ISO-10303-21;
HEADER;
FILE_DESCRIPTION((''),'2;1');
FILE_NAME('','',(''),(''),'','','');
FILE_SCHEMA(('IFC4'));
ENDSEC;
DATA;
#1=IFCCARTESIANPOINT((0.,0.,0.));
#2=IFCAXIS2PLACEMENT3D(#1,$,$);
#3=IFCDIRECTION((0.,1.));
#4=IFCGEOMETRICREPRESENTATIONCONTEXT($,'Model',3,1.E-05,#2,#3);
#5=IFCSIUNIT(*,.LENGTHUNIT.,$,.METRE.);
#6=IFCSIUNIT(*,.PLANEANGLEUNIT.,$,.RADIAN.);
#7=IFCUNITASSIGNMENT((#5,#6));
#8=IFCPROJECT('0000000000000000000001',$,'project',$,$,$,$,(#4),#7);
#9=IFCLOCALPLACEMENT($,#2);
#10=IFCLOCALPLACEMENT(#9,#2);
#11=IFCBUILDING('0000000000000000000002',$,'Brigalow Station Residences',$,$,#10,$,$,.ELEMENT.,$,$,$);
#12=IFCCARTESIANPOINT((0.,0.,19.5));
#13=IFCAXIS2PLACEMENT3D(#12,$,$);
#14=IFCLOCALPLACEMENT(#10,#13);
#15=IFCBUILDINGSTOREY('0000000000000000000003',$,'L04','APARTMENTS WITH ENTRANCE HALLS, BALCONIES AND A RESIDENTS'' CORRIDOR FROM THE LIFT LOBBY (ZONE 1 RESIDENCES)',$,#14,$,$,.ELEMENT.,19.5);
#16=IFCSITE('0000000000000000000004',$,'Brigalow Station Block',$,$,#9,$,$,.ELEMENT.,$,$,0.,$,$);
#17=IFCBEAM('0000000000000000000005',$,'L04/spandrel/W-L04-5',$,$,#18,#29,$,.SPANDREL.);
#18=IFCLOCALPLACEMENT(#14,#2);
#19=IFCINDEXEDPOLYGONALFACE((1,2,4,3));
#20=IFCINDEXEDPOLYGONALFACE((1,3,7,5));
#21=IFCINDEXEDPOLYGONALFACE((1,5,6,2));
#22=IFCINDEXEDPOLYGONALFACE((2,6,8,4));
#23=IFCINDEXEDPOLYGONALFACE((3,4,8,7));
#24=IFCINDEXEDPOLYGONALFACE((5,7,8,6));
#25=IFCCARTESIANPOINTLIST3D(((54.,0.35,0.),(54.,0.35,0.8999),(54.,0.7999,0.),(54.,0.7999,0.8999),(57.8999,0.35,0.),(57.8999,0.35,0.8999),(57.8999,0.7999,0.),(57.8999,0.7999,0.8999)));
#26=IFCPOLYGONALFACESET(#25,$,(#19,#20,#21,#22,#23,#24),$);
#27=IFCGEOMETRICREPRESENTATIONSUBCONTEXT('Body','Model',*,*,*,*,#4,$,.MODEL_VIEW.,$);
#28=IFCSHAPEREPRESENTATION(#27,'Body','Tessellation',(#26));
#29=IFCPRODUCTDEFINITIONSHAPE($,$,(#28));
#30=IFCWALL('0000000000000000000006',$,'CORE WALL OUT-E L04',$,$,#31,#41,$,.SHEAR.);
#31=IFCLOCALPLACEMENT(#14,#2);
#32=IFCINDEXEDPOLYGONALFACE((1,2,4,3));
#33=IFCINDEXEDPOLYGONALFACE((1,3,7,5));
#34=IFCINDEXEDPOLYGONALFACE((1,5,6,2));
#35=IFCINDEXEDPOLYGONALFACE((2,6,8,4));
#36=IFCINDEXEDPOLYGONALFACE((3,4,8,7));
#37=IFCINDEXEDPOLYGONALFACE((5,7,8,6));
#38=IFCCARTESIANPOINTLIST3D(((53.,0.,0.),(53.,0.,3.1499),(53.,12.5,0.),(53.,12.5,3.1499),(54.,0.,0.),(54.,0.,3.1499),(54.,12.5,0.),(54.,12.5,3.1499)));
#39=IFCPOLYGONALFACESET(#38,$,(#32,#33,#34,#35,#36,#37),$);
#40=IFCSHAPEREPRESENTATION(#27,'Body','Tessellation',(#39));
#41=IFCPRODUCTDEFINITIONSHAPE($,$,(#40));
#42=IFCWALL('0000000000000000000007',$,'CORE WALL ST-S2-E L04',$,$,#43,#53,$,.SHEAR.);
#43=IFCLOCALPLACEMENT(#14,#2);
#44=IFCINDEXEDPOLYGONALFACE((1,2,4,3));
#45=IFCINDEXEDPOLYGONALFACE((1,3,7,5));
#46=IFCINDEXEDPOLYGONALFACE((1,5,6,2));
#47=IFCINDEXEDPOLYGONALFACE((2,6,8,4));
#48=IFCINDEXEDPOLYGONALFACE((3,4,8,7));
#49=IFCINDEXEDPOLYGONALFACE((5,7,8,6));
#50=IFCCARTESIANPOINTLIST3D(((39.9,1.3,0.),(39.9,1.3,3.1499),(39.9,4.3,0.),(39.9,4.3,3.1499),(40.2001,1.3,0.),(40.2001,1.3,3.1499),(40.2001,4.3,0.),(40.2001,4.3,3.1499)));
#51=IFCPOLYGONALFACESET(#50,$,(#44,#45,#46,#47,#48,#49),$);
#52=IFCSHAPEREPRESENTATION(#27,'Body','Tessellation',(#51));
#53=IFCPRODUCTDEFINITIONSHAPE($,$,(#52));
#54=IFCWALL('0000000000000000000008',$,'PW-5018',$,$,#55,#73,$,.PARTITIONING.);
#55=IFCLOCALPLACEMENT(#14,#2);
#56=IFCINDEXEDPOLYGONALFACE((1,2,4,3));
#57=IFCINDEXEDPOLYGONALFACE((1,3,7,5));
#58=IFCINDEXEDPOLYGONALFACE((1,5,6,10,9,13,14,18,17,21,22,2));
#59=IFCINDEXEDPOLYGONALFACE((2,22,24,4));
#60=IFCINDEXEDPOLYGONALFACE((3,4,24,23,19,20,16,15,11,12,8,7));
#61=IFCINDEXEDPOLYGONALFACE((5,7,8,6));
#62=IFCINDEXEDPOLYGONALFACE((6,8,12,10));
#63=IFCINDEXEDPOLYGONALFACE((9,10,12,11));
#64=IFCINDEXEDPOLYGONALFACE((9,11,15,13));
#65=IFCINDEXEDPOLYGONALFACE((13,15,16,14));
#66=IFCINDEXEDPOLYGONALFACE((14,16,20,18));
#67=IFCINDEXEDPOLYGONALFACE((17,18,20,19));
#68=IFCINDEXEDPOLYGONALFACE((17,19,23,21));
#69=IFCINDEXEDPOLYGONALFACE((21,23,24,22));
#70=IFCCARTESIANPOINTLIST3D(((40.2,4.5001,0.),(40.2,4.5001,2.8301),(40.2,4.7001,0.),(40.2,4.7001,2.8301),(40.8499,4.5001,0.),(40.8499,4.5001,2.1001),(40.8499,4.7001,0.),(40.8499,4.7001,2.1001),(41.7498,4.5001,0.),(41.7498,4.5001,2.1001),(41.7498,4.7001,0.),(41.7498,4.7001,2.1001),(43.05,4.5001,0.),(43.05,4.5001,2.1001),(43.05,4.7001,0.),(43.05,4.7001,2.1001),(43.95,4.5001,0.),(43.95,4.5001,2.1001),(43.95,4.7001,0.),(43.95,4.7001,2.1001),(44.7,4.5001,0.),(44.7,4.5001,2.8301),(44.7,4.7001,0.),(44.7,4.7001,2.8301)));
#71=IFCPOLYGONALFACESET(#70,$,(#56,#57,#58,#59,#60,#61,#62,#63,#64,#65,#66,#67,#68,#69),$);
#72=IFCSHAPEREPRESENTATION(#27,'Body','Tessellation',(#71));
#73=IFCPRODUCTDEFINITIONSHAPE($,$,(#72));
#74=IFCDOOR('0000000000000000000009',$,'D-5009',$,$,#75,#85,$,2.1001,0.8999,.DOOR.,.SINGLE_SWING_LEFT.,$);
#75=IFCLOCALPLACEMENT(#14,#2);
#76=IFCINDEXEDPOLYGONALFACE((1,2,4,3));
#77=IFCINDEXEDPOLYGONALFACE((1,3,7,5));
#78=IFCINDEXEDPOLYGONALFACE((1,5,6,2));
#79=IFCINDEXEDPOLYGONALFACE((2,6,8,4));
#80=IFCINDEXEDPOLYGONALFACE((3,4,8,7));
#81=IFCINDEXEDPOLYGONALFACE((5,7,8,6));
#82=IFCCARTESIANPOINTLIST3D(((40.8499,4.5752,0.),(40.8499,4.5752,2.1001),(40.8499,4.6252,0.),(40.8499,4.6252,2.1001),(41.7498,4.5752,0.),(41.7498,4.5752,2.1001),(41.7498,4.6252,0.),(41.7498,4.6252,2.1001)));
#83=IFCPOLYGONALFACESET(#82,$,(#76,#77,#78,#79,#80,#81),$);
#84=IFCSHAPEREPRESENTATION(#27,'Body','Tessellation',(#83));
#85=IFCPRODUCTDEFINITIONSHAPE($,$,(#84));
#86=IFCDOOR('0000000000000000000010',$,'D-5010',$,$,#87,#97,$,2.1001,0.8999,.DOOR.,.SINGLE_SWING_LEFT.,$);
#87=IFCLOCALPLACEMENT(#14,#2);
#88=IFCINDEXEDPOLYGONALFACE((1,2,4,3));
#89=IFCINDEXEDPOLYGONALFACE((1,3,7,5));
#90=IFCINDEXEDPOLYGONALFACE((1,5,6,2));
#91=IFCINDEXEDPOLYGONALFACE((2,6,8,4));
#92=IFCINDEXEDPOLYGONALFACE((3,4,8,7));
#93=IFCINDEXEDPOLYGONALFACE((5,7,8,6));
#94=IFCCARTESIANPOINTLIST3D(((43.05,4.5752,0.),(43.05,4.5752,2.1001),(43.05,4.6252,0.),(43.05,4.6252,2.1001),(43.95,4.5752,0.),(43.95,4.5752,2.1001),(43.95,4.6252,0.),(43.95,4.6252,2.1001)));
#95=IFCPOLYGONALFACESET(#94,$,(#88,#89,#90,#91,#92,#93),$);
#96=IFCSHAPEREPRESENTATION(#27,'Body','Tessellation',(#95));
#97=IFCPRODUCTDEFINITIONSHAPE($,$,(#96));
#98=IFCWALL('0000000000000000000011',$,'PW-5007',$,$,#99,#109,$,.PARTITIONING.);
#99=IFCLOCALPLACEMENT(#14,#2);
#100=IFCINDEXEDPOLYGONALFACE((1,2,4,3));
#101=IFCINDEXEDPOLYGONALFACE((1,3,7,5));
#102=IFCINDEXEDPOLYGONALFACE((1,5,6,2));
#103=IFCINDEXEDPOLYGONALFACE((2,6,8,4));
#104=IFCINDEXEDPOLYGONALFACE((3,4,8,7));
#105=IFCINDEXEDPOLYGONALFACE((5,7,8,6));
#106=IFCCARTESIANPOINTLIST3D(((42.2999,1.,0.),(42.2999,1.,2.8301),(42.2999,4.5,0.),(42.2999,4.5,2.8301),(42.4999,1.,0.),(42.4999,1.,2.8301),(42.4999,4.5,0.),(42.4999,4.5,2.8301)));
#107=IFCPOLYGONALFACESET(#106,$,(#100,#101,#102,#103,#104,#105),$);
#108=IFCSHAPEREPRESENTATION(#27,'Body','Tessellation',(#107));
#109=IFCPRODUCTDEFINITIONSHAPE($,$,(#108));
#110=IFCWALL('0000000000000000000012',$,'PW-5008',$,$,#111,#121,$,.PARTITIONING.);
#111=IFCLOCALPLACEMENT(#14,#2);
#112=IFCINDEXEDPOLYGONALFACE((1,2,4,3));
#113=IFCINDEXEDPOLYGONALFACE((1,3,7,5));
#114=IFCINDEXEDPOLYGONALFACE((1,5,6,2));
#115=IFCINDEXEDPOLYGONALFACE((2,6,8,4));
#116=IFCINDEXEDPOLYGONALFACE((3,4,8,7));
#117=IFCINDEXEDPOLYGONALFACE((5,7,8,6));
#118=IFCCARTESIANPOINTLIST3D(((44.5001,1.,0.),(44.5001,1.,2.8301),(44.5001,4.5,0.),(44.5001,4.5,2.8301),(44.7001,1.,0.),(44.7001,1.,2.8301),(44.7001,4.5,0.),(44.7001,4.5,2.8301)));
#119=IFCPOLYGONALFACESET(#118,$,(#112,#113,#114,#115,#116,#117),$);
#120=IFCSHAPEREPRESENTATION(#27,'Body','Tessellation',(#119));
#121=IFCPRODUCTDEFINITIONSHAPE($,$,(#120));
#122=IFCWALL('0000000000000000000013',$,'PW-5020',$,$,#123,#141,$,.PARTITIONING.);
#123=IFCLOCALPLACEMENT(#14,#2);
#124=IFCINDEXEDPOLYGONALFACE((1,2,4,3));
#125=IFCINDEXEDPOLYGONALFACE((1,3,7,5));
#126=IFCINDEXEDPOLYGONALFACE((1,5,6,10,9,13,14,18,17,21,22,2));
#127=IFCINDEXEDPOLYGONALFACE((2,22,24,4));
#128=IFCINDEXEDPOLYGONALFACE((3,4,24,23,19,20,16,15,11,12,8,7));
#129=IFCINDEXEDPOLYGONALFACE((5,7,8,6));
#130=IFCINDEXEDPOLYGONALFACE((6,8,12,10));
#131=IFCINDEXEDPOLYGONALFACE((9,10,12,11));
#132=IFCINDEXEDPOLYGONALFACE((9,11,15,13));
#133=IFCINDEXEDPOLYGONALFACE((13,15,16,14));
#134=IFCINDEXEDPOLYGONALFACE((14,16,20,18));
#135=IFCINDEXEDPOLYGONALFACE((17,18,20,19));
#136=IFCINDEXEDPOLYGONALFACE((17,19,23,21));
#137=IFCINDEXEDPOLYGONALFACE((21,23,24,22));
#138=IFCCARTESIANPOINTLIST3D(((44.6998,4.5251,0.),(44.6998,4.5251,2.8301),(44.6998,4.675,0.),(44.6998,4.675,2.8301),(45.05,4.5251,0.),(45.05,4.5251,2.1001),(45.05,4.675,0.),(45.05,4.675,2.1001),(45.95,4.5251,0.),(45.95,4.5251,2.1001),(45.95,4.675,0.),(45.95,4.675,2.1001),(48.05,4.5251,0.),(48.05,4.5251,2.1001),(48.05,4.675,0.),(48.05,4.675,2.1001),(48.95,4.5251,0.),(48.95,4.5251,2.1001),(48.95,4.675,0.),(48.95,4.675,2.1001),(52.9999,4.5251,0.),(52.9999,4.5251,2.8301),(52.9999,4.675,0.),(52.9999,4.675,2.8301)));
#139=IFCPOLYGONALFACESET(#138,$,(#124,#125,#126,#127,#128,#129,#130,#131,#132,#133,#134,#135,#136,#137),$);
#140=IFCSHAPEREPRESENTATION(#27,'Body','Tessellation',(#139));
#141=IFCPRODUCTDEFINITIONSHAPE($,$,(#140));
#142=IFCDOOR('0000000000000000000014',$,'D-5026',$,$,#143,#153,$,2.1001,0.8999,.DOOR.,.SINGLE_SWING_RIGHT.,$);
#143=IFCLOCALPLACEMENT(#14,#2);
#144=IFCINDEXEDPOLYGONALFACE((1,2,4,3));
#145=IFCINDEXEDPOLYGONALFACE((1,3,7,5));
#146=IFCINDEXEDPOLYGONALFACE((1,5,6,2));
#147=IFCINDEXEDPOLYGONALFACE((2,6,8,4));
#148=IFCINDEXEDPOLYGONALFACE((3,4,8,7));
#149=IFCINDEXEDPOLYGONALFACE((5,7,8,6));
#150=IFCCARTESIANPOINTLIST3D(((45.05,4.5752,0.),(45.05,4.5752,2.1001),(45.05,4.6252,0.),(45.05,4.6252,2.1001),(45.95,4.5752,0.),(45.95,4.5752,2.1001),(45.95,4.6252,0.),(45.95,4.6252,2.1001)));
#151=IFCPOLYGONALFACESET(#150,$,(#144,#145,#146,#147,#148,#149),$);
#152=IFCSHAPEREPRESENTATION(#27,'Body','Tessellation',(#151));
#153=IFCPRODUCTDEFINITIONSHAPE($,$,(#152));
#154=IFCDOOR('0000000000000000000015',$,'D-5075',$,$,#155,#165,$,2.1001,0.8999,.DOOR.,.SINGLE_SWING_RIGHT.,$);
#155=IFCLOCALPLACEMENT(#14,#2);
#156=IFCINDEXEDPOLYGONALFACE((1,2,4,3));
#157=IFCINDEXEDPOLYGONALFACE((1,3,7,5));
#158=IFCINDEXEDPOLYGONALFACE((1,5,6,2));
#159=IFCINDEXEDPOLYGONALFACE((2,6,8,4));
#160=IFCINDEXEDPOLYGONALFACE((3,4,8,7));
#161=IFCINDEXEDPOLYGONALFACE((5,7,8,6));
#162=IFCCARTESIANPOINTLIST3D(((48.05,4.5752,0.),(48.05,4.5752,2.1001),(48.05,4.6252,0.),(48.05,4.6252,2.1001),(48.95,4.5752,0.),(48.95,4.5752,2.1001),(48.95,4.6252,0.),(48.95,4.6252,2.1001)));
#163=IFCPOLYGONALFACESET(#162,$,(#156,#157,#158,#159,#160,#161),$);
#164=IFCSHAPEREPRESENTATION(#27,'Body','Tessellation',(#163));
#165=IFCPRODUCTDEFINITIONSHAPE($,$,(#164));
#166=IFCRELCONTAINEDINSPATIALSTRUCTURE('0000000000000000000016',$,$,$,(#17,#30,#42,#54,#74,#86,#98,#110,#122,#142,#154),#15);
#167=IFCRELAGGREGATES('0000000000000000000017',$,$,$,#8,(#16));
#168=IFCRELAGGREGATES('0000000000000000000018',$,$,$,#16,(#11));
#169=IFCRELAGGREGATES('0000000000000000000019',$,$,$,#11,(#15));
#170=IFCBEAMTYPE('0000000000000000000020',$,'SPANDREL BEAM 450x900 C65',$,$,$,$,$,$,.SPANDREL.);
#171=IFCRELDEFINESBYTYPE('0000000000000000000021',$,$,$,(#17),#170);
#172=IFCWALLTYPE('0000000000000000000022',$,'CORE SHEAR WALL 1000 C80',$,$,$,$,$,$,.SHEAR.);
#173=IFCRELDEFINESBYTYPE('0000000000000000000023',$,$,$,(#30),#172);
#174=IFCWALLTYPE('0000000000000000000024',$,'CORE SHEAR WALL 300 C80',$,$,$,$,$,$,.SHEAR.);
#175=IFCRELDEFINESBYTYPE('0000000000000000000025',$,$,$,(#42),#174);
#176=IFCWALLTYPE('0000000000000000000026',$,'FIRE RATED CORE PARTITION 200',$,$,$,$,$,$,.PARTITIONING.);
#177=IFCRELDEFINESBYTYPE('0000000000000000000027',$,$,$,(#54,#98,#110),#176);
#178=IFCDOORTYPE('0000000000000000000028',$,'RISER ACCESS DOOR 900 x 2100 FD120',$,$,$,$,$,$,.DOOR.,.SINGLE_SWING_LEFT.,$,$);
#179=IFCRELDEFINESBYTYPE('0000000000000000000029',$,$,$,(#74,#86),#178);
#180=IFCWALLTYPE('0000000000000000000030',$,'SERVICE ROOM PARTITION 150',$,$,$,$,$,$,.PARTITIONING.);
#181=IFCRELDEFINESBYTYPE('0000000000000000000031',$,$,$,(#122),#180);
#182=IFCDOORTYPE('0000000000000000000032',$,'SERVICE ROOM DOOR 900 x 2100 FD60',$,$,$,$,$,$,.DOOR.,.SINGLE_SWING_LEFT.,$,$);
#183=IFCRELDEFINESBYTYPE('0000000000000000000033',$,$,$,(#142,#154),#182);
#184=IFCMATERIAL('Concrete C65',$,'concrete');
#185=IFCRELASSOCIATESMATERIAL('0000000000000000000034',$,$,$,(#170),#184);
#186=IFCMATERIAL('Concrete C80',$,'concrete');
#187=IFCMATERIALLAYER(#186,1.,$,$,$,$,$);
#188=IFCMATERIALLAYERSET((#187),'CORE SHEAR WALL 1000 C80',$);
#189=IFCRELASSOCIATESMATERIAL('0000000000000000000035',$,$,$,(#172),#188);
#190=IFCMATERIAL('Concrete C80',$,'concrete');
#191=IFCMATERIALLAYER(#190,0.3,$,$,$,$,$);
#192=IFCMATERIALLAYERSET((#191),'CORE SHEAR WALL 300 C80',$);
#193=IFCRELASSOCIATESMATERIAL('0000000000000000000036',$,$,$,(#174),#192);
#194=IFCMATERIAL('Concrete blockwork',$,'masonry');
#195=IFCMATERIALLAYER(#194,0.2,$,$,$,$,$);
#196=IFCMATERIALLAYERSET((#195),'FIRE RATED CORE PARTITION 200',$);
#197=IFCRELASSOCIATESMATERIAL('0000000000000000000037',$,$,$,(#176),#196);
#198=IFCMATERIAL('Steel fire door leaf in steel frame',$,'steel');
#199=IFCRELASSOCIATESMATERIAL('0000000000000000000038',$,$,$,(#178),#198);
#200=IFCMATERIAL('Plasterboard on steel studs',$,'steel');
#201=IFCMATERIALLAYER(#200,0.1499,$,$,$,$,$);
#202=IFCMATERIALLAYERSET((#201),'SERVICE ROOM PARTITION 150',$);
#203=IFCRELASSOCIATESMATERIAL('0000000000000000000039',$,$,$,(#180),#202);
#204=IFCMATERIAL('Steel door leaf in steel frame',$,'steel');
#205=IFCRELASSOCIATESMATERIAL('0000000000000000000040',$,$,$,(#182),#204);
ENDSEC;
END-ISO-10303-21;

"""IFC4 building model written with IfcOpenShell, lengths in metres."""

from ifc_helpers import new_model, si_unit, direction, frame, frame_2d, origin, origin_2d, place, context, subcontext, project, spatial, rectangle, extrude, material, layer, layer_set, material_profile, profile_set, type_object, element, fill, save


model = new_model("IFC4")

# Units and contexts
model_context = context("Model", 3, precision=1e-05, world=origin(), true_north=direction((0.0, 1.0)))
body_context = subcontext(model_context, "Body", "Model", "MODEL_VIEW")
ifc_project = project(units=[si_unit("LENGTHUNIT", "METRE"), si_unit("PLANEANGLEUNIT", "RADIAN")], contexts=[model_context])

# Site, building, storey
site_placement = place(None, origin())
site = spatial("IfcSite", under=ifc_project, at=site_placement, Name="Brigalow Station Block", CompositionType="ELEMENT", RefElevation=0.0)
building_placement = place(site_placement, origin())
building = spatial("IfcBuilding", under=site, at=building_placement, Name="Brigalow Station Residences", CompositionType="ELEMENT")
storey_placement = place(building_placement, frame((0.0, 0.0, 19.5)))
storey = spatial("IfcBuildingStorey", under=building, at=storey_placement, Name="L04", Description="APARTMENTS WITH ENTRANCE HALLS, BALCONIES AND A RESIDENTS' CORRIDOR FROM THE LIFT LOBBY (ZONE 1 RESIDENCES)", CompositionType="ELEMENT", Elevation=19.5)

# Beam
ifc_material_1 = material(Name="Concrete C65", Category="concrete")
ifc_material_profile = material_profile(ifc_material_1, rectangle(XDim=0.45, YDim=0.8999, at=origin_2d()), Name="RC450x900")
ifc_profile_set = profile_set([ifc_material_profile], Name="Concrete C65")
beam_type = type_object("IfcBeamType", Name="SPANDREL BEAM 450x900 C65", PredefinedType="SPANDREL", material=ifc_profile_set)
beam_placement = place(storey_placement, frame((54.0, 0.575, 0.45), z_axis=(1.0, 0.0, 0.0), x_axis=(0.0, 1.0, 0.0)))
element("IfcBeam", 1, at=beam_placement, inside=storey, type_object=beam_type, Name="L04/spandrel/W-L04-5", PredefinedType="SPANDREL", context=body_context, shape_type="SweptSolid", body=[
    extrude(rectangle(XDim=0.45, YDim=0.8999, at=origin_2d()), origin(), (0.0, 0.0, 1.0), 3.8999),
])

# Walls
ifc_material_2 = material(Name="Concrete C80", Category="concrete")
ifc_layer_1 = layer(ifc_material_2, 1.0)
ifc_layer_set_1 = layer_set([ifc_layer_1], Name="CORE SHEAR WALL 1000 C80")
wall_type_1 = type_object("IfcWallType", Name="CORE SHEAR WALL 1000 C80", PredefinedType="SHEAR", material=ifc_layer_set_1)
wall_1_placement = place(storey_placement, frame((53.5, 0.0, 0.0), z_axis=(0.0, 0.0, 1.0), x_axis=(0.0, 1.0, 0.0)))
element("IfcWall", 2, at=wall_1_placement, inside=storey, type_object=wall_type_1, Name="CORE WALL OUT-E L04", PredefinedType="SHEAR", context=body_context, shape_type="SweptSolid", body=[
    extrude(rectangle(XDim=12.5, YDim=1.0, at=frame_2d((6.25, 0.0))), origin(), (0.0, 0.0, 1.0), 3.1499),
])
ifc_material_3 = material(Name="Concrete C80", Category="concrete")
ifc_layer_2 = layer(ifc_material_3, 0.3)
ifc_layer_set_2 = layer_set([ifc_layer_2], Name="CORE SHEAR WALL 300 C80")
wall_type_2 = type_object("IfcWallType", Name="CORE SHEAR WALL 300 C80", PredefinedType="SHEAR", material=ifc_layer_set_2)
wall_2_placement = place(storey_placement, frame((40.05, 1.3, 0.0), z_axis=(0.0, 0.0, 1.0), x_axis=(0.0, 1.0, 0.0)))
element("IfcWall", 3, at=wall_2_placement, inside=storey, type_object=wall_type_2, Name="CORE WALL ST-S2-E L04", PredefinedType="SHEAR", context=body_context, shape_type="SweptSolid", body=[
    extrude(rectangle(XDim=3.0, YDim=0.3, at=frame_2d((1.5, 0.0))), origin(), (0.0, 0.0, 1.0), 3.1499),
])

# Wall, openings, doors
ifc_material_4 = material(Name="Concrete blockwork", Category="masonry")
ifc_layer_3 = layer(ifc_material_4, 0.2)
ifc_layer_set_3 = layer_set([ifc_layer_3], Name="FIRE RATED CORE PARTITION 200")
wall_type_3 = type_object("IfcWallType", Name="FIRE RATED CORE PARTITION 200", PredefinedType="PARTITIONING", material=ifc_layer_set_3)
wall_3_placement = place(storey_placement, frame((40.2, 4.6001, 0.0), z_axis=(0.0, 0.0, 1.0), x_axis=(1.0, 0.0, 0.0)))
wall_3 = element("IfcWall", 4, at=wall_3_placement, inside=storey, type_object=wall_type_3, Name="PW-5018", PredefinedType="PARTITIONING", context=body_context, shape_type="SweptSolid", body=[
    extrude(rectangle(XDim=4.5, YDim=0.2, at=frame_2d((2.25, 0.0))), origin(), (0.0, 0.0, 1.0), 2.8301),
])
opening_1_placement = place(wall_3_placement, frame((0.6499, 0.0, 0.0)))
opening_1 = element("IfcOpeningElement", 5, at=opening_1_placement, cuts=wall_3, PredefinedType="OPENING", context=body_context, shape_type="SweptSolid", body=[
    extrude(rectangle(XDim=0.8999, YDim=2.1001, at=frame_2d((0.45, 1.05))), frame((0.0, 0.1099, 0.0), z_axis=(0.0, -1.0, 0.0), x_axis=(1.0, 0.0, 0.0)), (0.0, 0.0, 1.0), 0.22),
])
opening_2_placement = place(wall_3_placement, frame((2.8501, 0.0, 0.0)))
opening_2 = element("IfcOpeningElement", 6, at=opening_2_placement, cuts=wall_3, PredefinedType="OPENING", context=body_context, shape_type="SweptSolid", body=[
    extrude(rectangle(XDim=0.8999, YDim=2.1001, at=frame_2d((0.45, 1.05))), frame((0.0, 0.1099, 0.0), z_axis=(0.0, -1.0, 0.0), x_axis=(1.0, 0.0, 0.0)), (0.0, 0.0, 1.0), 0.22),
])
ifc_material_5 = material(Name="Steel fire door leaf in steel frame", Category="steel")
door_type_1 = type_object("IfcDoorType", Name="RISER ACCESS DOOR 900 x 2100 FD120", OperationType="SINGLE_SWING_LEFT", PredefinedType="DOOR", material=ifc_material_5)
door_1_placement = place(opening_1_placement, frame((0.8999, 0.0, 0.0), z_axis=(0.0, 0.0, 1.0), x_axis=(-1.0, 0.0, 0.0)))
door_1 = element("IfcDoor", 7, at=door_1_placement, inside=storey, type_object=door_type_1, Name="D-5009", OperationType="SINGLE_SWING_LEFT", OverallHeight=2.1001, OverallWidth=0.8999, PredefinedType="DOOR", context=body_context, shape_type="SweptSolid", body=[
    extrude(rectangle(XDim=0.8999, YDim=2.1001, at=frame_2d((0.45, 1.05))), frame((0.0, 0.0249, 0.0), z_axis=(0.0, -1.0, 0.0), x_axis=(1.0, 0.0, 0.0)), (0.0, 0.0, 1.0), 0.05),
])
fill(opening_1, door_1)
door_2_placement = place(opening_2_placement, frame((0.8999, 0.0, 0.0), z_axis=(0.0, 0.0, 1.0), x_axis=(-1.0, 0.0, 0.0)))
door_2 = element("IfcDoor", 8, at=door_2_placement, inside=storey, type_object=door_type_1, Name="D-5010", OperationType="SINGLE_SWING_LEFT", OverallHeight=2.1001, OverallWidth=0.8999, PredefinedType="DOOR", context=body_context, shape_type="SweptSolid", body=[
    extrude(rectangle(XDim=0.8999, YDim=2.1001, at=frame_2d((0.45, 1.05))), frame((0.0, 0.0249, 0.0), z_axis=(0.0, -1.0, 0.0), x_axis=(1.0, 0.0, 0.0)), (0.0, 0.0, 1.0), 0.05),
])
fill(opening_2, door_2)

# Walls
for number, where, z_axis, x_axis, name in (
    (9, (42.3999, 1.0, 0.0), (0.0, 0.0, 1.0), (0.0, 1.0, 0.0), "PW-5007"),
    (10, (44.6001, 1.0, 0.0), (0.0, 0.0, 1.0), (0.0, 1.0, 0.0), "PW-5008"),
):
    element("IfcWall", number, at=place(storey_placement, frame(where, z_axis=z_axis, x_axis=x_axis)), inside=storey, type_object=wall_type_3, Name=name, PredefinedType="PARTITIONING", context=body_context, shape_type="SweptSolid", body=[
        extrude(rectangle(XDim=3.5, YDim=0.2, at=frame_2d((1.75, 0.0))), origin(), (0.0, 0.0, 1.0), 2.8301),
    ])

# Wall, openings, doors
ifc_material_6 = material(Name="Plasterboard on steel studs", Category="steel")
ifc_layer_4 = layer(ifc_material_6, 0.1499)
ifc_layer_set_4 = layer_set([ifc_layer_4], Name="SERVICE ROOM PARTITION 150")
wall_type_4 = type_object("IfcWallType", Name="SERVICE ROOM PARTITION 150", PredefinedType="PARTITIONING", material=ifc_layer_set_4)
wall_4_placement = place(storey_placement, frame((44.7, 4.6001, 0.0), z_axis=(0.0, 0.0, 1.0), x_axis=(1.0, 0.0, 0.0)))
wall_4 = element("IfcWall", 11, at=wall_4_placement, inside=storey, type_object=wall_type_4, Name="PW-5020", PredefinedType="PARTITIONING", context=body_context, shape_type="SweptSolid", body=[
    extrude(rectangle(XDim=8.3, YDim=0.1499, at=frame_2d((4.1499, 0.0))), origin(), (0.0, 0.0, 1.0), 2.8301),
])
opening_3_placement = place(wall_4_placement, frame((0.3501, 0.0, 0.0)))
opening_3 = element("IfcOpeningElement", 12, at=opening_3_placement, cuts=wall_4, PredefinedType="OPENING", context=body_context, shape_type="SweptSolid", body=[
    extrude(rectangle(XDim=0.8999, YDim=2.1001, at=frame_2d((0.45, 1.05))), frame((0.0, 0.085, 0.0), z_axis=(0.0, -1.0, 0.0), x_axis=(1.0, 0.0, 0.0)), (0.0, 0.0, 1.0), 0.1699),
])
opening_4_placement = place(wall_4_placement, frame((3.3501, 0.0, 0.0)))
opening_4 = element("IfcOpeningElement", 13, at=opening_4_placement, cuts=wall_4, PredefinedType="OPENING", context=body_context, shape_type="SweptSolid", body=[
    extrude(rectangle(XDim=0.8999, YDim=2.1001, at=frame_2d((0.45, 1.05))), frame((0.0, 0.085, 0.0), z_axis=(0.0, -1.0, 0.0), x_axis=(1.0, 0.0, 0.0)), (0.0, 0.0, 1.0), 0.1699),
])
ifc_material_7 = material(Name="Steel door leaf in steel frame", Category="steel")
door_type_2 = type_object("IfcDoorType", Name="SERVICE ROOM DOOR 900 x 2100 FD60", OperationType="SINGLE_SWING_LEFT", PredefinedType="DOOR", material=ifc_material_7)
door_3_placement = place(opening_3_placement, frame((0.8999, 0.0, 0.0), z_axis=(0.0, 0.0, 1.0), x_axis=(-1.0, 0.0, 0.0)))
door_3 = element("IfcDoor", 14, at=door_3_placement, inside=storey, type_object=door_type_2, Name="D-5026", OperationType="SINGLE_SWING_RIGHT", OverallHeight=2.1001, OverallWidth=0.8999, PredefinedType="DOOR", context=body_context, shape_type="SweptSolid", body=[
    extrude(rectangle(XDim=0.8999, YDim=2.1001, at=frame_2d((0.45, 1.05))), frame((0.0, 0.0249, 0.0), z_axis=(0.0, -1.0, 0.0), x_axis=(1.0, 0.0, 0.0)), (0.0, 0.0, 1.0), 0.05),
])
fill(opening_3, door_3)
door_4_placement = place(opening_4_placement, frame((0.8999, 0.0, 0.0), z_axis=(0.0, 0.0, 1.0), x_axis=(-1.0, 0.0, 0.0)))
door_4 = element("IfcDoor", 15, at=door_4_placement, inside=storey, type_object=door_type_2, Name="D-5075", OperationType="SINGLE_SWING_RIGHT", OverallHeight=2.1001, OverallWidth=0.8999, PredefinedType="DOOR", context=body_context, shape_type="SweptSolid", body=[
    extrude(rectangle(XDim=0.8999, YDim=2.1001, at=frame_2d((0.45, 1.05))), frame((0.0, 0.0249, 0.0), z_axis=(0.0, -1.0, 0.0), x_axis=(1.0, 0.0, 0.0)), (0.0, 0.0, 1.0), 0.05),
])
fill(opening_4, door_4)

save(model, "model.ifc")
